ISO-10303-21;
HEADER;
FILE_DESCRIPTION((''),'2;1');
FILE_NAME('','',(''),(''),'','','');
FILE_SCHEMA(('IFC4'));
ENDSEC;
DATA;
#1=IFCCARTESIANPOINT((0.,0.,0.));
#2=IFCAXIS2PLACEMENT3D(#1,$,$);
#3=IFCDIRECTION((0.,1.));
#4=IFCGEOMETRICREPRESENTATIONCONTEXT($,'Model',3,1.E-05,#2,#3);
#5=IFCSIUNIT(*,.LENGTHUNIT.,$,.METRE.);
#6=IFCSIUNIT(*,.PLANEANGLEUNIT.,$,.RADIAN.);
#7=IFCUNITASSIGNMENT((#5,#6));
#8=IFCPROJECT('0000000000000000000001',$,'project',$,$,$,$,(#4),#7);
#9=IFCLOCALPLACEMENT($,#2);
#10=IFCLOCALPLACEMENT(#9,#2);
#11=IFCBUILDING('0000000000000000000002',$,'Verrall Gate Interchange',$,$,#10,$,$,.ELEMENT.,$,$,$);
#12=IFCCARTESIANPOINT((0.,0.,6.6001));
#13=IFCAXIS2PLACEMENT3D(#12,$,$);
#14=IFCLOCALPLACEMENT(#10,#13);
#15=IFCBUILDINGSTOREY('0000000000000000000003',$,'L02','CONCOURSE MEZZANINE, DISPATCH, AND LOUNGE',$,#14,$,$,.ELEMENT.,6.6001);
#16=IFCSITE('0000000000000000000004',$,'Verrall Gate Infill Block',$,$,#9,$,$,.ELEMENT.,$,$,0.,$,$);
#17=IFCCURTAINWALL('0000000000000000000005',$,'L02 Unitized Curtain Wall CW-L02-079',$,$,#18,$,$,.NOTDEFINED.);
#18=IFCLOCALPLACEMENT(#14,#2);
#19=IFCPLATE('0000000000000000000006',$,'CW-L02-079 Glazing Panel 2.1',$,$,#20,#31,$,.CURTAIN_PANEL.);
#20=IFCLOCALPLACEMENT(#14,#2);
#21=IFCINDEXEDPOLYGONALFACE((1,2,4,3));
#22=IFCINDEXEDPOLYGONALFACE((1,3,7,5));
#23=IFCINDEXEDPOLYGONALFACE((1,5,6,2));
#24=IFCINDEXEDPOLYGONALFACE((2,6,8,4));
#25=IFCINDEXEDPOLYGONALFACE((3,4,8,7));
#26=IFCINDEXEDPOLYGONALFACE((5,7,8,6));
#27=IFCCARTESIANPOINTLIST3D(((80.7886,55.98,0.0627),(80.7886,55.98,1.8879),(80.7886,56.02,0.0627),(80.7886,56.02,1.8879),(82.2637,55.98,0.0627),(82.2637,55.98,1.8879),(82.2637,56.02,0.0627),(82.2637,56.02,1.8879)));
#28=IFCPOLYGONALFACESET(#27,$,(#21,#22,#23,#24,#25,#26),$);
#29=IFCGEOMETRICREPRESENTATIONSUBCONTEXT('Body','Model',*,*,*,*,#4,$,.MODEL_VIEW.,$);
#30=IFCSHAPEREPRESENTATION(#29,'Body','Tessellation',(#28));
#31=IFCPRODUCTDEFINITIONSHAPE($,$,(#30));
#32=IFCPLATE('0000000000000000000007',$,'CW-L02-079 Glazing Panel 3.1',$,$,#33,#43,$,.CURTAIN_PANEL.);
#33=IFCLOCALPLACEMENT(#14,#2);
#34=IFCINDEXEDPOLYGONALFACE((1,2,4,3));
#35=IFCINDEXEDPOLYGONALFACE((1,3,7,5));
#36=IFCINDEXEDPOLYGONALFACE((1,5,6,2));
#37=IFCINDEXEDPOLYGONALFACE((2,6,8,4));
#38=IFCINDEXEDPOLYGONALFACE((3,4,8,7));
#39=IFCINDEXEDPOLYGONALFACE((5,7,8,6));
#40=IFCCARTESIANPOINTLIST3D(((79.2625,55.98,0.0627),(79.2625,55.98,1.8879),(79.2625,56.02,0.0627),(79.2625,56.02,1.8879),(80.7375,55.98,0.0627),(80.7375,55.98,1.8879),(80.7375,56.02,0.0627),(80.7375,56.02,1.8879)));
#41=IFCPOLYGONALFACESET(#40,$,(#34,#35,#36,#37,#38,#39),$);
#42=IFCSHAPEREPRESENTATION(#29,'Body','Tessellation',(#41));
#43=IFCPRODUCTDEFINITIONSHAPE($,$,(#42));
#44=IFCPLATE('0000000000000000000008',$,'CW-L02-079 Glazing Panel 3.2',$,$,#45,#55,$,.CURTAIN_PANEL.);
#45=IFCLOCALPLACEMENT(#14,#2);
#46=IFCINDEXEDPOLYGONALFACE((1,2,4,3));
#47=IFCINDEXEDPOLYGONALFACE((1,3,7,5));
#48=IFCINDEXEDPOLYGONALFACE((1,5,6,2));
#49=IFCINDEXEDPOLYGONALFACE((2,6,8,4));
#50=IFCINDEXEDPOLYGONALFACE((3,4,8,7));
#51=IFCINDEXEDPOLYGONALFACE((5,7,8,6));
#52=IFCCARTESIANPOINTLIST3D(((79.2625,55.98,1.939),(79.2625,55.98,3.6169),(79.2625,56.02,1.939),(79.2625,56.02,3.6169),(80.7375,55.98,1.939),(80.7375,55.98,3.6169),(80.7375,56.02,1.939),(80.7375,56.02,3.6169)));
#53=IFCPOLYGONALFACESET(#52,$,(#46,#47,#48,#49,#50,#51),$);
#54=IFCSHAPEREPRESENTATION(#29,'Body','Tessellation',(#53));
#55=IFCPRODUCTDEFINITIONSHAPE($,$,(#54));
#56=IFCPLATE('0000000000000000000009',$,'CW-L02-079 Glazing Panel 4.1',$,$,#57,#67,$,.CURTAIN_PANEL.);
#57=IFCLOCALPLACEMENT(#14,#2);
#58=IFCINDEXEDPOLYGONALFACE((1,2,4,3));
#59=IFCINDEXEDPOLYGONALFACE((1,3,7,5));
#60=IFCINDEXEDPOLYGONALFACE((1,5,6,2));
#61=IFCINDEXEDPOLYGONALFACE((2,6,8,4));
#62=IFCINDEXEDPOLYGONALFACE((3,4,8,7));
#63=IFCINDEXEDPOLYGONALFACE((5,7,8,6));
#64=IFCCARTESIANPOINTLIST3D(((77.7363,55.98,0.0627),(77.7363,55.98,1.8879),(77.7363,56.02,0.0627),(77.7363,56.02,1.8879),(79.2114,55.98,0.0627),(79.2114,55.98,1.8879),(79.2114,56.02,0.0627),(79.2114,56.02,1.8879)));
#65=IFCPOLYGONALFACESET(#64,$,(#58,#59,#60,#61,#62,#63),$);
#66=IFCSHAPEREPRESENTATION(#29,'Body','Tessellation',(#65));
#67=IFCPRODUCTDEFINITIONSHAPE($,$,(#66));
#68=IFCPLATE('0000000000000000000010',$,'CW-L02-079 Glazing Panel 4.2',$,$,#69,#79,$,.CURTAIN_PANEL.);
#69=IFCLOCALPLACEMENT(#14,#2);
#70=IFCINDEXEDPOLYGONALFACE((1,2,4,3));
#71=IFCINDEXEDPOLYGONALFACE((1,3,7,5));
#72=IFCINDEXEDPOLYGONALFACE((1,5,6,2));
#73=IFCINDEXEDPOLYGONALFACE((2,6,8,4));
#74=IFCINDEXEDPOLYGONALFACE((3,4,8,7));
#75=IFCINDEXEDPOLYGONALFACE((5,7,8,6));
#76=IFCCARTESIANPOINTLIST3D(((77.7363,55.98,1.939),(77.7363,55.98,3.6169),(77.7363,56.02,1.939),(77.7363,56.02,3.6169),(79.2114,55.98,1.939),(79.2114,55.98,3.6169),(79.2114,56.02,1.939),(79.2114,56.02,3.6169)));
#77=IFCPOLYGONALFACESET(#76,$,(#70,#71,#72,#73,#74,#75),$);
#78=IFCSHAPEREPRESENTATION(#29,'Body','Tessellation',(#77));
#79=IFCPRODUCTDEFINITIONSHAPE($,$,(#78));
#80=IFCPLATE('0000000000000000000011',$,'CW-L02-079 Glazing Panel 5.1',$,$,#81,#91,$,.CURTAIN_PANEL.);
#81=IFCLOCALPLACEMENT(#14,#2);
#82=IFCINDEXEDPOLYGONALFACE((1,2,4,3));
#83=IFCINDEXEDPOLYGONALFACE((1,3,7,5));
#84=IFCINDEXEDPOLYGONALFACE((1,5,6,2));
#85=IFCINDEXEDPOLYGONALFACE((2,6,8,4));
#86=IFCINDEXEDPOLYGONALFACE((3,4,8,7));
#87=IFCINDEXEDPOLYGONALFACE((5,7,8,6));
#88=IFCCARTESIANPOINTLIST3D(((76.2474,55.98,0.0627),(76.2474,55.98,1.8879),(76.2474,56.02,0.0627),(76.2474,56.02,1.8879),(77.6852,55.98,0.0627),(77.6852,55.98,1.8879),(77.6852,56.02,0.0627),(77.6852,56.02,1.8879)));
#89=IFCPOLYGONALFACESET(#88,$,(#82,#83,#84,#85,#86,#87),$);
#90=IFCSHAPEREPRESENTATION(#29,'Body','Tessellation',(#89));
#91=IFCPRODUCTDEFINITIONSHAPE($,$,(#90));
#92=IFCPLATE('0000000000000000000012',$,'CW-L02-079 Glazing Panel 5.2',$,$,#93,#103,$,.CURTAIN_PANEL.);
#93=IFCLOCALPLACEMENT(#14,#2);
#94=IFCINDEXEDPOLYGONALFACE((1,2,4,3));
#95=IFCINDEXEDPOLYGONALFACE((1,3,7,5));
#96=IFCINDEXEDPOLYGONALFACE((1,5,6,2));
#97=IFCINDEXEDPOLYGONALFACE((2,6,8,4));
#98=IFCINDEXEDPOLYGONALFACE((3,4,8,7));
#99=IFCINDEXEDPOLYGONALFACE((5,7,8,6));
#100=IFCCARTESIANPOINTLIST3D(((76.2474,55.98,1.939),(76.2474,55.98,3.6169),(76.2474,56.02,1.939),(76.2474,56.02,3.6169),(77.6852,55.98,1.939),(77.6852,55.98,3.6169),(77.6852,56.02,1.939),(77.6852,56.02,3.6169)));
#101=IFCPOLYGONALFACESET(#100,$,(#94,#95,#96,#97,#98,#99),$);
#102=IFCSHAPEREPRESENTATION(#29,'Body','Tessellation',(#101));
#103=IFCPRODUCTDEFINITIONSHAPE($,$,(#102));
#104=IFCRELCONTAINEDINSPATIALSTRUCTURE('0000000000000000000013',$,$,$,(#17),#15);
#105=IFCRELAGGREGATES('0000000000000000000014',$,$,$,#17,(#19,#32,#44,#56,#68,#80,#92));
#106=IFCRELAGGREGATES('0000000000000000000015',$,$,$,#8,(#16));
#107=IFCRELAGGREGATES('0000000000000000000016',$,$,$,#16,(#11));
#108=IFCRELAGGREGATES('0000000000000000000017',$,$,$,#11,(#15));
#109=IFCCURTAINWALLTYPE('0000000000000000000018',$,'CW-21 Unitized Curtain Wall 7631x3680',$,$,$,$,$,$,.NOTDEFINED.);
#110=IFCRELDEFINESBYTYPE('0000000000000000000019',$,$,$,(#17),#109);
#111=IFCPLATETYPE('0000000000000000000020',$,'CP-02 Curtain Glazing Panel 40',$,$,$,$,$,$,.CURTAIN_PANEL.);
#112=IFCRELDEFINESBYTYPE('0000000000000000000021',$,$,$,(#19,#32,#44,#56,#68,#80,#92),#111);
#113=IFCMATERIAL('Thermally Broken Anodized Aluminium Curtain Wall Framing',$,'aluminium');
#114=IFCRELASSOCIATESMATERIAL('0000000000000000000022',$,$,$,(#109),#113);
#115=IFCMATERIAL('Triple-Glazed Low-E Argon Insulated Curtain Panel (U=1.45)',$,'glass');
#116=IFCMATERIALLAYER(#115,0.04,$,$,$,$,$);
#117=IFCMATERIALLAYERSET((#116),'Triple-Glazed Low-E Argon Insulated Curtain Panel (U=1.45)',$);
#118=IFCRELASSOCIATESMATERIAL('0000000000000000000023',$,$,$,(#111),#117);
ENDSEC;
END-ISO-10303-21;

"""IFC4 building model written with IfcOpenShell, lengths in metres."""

from ifc_helpers import new_model, si_unit, direction, frame, origin, origin_2d, place, context, subcontext, project, spatial, rectangle, extrude, material, layer, layer_set, type_object, element, aggregate, save


model = new_model("IFC4")

# Units and contexts
model_context = context("Model", 3, precision=1e-05, world=origin(), true_north=direction((0.0, 1.0)))
body_context = subcontext(model_context, "Body", "Model", "MODEL_VIEW")
ifc_project = project(units=[si_unit("LENGTHUNIT", "METRE"), si_unit("PLANEANGLEUNIT", "RADIAN")], contexts=[model_context])

# Site, building, storey
site_placement = place(None, origin())
site = spatial("IfcSite", under=ifc_project, at=site_placement, Name="Verrall Gate Infill Block", CompositionType="ELEMENT", RefElevation=0.0)
building_placement = place(site_placement, origin())
building = spatial("IfcBuilding", under=site, at=building_placement, Name="Verrall Gate Interchange", CompositionType="ELEMENT")
storey_placement = place(building_placement, frame((0.0, 0.0, 6.6001)))
storey = spatial("IfcBuildingStorey", under=building, at=storey_placement, Name="L02", Description="CONCOURSE MEZZANINE, DISPATCH, AND LOUNGE", CompositionType="ELEMENT", Elevation=6.6001)

# Curtain wall
ifc_material_1 = material(Name="Thermally Broken Anodized Aluminium Curtain Wall Framing", Category="aluminium")
curtain_wall_type = type_object("IfcCurtainWallType", Name="CW-21 Unitized Curtain Wall 7631x3680", PredefinedType="NOTDEFINED", material=ifc_material_1)
curtain_wall_1_placement = place(storey_placement, origin())
curtain_wall_1 = element("IfcCurtainWall", 1, at=curtain_wall_1_placement, inside=storey, type_object=curtain_wall_type, Name="L02 Unitized Curtain Wall CW-L02-079", PredefinedType="NOTDEFINED")

# Plates
ifc_material_2 = material(Name="Triple-Glazed Low-E Argon Insulated Curtain Panel (U=1.45)", Category="glass")
ifc_layer_1 = layer(ifc_material_2, 0.04)
ifc_layer_set_1 = layer_set([ifc_layer_1], Name="Triple-Glazed Low-E Argon Insulated Curtain Panel (U=1.45)")
plate_type_1 = type_object("IfcPlateType", Name="CP-02 Curtain Glazing Panel 40", PredefinedType="CURTAIN_PANEL", material=ifc_layer_set_1)
plate_1_placement = place(storey_placement, frame((81.5261, 56.0, 0.0627), z_axis=(0.0, 0.0, 1.0), x_axis=(-1.0, 0.0, 0.0)))
plate_1 = element("IfcPlate", 2, at=plate_1_placement, type_object=plate_type_1, Name="CW-L02-079 Glazing Panel 2.1", PredefinedType="CURTAIN_PANEL", context=body_context, shape_type="SweptSolid", body=[
    extrude(rectangle(XDim=1.4751, YDim=0.04, at=origin_2d()), origin(), (0.0, 0.0, 1.0), 1.8252),
])
plate_2_placement = place(storey_placement, frame((80.0, 56.0, 0.0627), z_axis=(0.0, 0.0, 1.0), x_axis=(-1.0, 0.0, 0.0)))
plate_2 = element("IfcPlate", 3, at=plate_2_placement, type_object=plate_type_1, Name="CW-L02-079 Glazing Panel 3.1", PredefinedType="CURTAIN_PANEL", context=body_context, shape_type="SweptSolid", body=[
    extrude(rectangle(XDim=1.4751, YDim=0.04, at=origin_2d()), origin(), (0.0, 0.0, 1.0), 1.8252),
])
plate_3_placement = place(storey_placement, frame((80.0, 56.0, 1.939), z_axis=(0.0, 0.0, 1.0), x_axis=(-1.0, 0.0, 0.0)))
plate_3 = element("IfcPlate", 4, at=plate_3_placement, type_object=plate_type_1, Name="CW-L02-079 Glazing Panel 3.2", PredefinedType="CURTAIN_PANEL", context=body_context, shape_type="SweptSolid", body=[
    extrude(rectangle(XDim=1.4751, YDim=0.04, at=origin_2d()), origin(), (0.0, 0.0, 1.0), 1.678),
])
plate_4_placement = place(storey_placement, frame((78.4739, 56.0, 0.0627), z_axis=(0.0, 0.0, 1.0), x_axis=(-1.0, 0.0, 0.0)))
plate_4 = element("IfcPlate", 5, at=plate_4_placement, type_object=plate_type_1, Name="CW-L02-079 Glazing Panel 4.1", PredefinedType="CURTAIN_PANEL", context=body_context, shape_type="SweptSolid", body=[
    extrude(rectangle(XDim=1.4751, YDim=0.04, at=origin_2d()), origin(), (0.0, 0.0, 1.0), 1.8252),
])
plate_5_placement = place(storey_placement, frame((78.4739, 56.0, 1.939), z_axis=(0.0, 0.0, 1.0), x_axis=(-1.0, 0.0, 0.0)))
plate_5 = element("IfcPlate", 6, at=plate_5_placement, type_object=plate_type_1, Name="CW-L02-079 Glazing Panel 4.2", PredefinedType="CURTAIN_PANEL", context=body_context, shape_type="SweptSolid", body=[
    extrude(rectangle(XDim=1.4751, YDim=0.04, at=origin_2d()), origin(), (0.0, 0.0, 1.0), 1.678),
])
plate_6_placement = place(storey_placement, frame((76.9663, 56.0, 0.0627), z_axis=(0.0, 0.0, 1.0), x_axis=(-1.0, 0.0, 0.0)))
plate_6 = element("IfcPlate", 7, at=plate_6_placement, type_object=plate_type_1, Name="CW-L02-079 Glazing Panel 5.1", PredefinedType="CURTAIN_PANEL", context=body_context, shape_type="SweptSolid", body=[
    extrude(rectangle(XDim=1.4377, YDim=0.04, at=origin_2d()), origin(), (0.0, 0.0, 1.0), 1.8252),
])
plate_7_placement = place(storey_placement, frame((76.9663, 56.0, 1.939), z_axis=(0.0, 0.0, 1.0), x_axis=(-1.0, 0.0, 0.0)))
plate_7 = element("IfcPlate", 8, at=plate_7_placement, type_object=plate_type_1, Name="CW-L02-079 Glazing Panel 5.2", PredefinedType="CURTAIN_PANEL", context=body_context, shape_type="SweptSolid", body=[
    extrude(rectangle(XDim=1.4377, YDim=0.04, at=origin_2d()), origin(), (0.0, 0.0, 1.0), 1.678),
])
aggregate(curtain_wall_1, [plate_1, plate_2, plate_3, plate_4, plate_5, plate_6, plate_7])

save(model, "model.ifc")
